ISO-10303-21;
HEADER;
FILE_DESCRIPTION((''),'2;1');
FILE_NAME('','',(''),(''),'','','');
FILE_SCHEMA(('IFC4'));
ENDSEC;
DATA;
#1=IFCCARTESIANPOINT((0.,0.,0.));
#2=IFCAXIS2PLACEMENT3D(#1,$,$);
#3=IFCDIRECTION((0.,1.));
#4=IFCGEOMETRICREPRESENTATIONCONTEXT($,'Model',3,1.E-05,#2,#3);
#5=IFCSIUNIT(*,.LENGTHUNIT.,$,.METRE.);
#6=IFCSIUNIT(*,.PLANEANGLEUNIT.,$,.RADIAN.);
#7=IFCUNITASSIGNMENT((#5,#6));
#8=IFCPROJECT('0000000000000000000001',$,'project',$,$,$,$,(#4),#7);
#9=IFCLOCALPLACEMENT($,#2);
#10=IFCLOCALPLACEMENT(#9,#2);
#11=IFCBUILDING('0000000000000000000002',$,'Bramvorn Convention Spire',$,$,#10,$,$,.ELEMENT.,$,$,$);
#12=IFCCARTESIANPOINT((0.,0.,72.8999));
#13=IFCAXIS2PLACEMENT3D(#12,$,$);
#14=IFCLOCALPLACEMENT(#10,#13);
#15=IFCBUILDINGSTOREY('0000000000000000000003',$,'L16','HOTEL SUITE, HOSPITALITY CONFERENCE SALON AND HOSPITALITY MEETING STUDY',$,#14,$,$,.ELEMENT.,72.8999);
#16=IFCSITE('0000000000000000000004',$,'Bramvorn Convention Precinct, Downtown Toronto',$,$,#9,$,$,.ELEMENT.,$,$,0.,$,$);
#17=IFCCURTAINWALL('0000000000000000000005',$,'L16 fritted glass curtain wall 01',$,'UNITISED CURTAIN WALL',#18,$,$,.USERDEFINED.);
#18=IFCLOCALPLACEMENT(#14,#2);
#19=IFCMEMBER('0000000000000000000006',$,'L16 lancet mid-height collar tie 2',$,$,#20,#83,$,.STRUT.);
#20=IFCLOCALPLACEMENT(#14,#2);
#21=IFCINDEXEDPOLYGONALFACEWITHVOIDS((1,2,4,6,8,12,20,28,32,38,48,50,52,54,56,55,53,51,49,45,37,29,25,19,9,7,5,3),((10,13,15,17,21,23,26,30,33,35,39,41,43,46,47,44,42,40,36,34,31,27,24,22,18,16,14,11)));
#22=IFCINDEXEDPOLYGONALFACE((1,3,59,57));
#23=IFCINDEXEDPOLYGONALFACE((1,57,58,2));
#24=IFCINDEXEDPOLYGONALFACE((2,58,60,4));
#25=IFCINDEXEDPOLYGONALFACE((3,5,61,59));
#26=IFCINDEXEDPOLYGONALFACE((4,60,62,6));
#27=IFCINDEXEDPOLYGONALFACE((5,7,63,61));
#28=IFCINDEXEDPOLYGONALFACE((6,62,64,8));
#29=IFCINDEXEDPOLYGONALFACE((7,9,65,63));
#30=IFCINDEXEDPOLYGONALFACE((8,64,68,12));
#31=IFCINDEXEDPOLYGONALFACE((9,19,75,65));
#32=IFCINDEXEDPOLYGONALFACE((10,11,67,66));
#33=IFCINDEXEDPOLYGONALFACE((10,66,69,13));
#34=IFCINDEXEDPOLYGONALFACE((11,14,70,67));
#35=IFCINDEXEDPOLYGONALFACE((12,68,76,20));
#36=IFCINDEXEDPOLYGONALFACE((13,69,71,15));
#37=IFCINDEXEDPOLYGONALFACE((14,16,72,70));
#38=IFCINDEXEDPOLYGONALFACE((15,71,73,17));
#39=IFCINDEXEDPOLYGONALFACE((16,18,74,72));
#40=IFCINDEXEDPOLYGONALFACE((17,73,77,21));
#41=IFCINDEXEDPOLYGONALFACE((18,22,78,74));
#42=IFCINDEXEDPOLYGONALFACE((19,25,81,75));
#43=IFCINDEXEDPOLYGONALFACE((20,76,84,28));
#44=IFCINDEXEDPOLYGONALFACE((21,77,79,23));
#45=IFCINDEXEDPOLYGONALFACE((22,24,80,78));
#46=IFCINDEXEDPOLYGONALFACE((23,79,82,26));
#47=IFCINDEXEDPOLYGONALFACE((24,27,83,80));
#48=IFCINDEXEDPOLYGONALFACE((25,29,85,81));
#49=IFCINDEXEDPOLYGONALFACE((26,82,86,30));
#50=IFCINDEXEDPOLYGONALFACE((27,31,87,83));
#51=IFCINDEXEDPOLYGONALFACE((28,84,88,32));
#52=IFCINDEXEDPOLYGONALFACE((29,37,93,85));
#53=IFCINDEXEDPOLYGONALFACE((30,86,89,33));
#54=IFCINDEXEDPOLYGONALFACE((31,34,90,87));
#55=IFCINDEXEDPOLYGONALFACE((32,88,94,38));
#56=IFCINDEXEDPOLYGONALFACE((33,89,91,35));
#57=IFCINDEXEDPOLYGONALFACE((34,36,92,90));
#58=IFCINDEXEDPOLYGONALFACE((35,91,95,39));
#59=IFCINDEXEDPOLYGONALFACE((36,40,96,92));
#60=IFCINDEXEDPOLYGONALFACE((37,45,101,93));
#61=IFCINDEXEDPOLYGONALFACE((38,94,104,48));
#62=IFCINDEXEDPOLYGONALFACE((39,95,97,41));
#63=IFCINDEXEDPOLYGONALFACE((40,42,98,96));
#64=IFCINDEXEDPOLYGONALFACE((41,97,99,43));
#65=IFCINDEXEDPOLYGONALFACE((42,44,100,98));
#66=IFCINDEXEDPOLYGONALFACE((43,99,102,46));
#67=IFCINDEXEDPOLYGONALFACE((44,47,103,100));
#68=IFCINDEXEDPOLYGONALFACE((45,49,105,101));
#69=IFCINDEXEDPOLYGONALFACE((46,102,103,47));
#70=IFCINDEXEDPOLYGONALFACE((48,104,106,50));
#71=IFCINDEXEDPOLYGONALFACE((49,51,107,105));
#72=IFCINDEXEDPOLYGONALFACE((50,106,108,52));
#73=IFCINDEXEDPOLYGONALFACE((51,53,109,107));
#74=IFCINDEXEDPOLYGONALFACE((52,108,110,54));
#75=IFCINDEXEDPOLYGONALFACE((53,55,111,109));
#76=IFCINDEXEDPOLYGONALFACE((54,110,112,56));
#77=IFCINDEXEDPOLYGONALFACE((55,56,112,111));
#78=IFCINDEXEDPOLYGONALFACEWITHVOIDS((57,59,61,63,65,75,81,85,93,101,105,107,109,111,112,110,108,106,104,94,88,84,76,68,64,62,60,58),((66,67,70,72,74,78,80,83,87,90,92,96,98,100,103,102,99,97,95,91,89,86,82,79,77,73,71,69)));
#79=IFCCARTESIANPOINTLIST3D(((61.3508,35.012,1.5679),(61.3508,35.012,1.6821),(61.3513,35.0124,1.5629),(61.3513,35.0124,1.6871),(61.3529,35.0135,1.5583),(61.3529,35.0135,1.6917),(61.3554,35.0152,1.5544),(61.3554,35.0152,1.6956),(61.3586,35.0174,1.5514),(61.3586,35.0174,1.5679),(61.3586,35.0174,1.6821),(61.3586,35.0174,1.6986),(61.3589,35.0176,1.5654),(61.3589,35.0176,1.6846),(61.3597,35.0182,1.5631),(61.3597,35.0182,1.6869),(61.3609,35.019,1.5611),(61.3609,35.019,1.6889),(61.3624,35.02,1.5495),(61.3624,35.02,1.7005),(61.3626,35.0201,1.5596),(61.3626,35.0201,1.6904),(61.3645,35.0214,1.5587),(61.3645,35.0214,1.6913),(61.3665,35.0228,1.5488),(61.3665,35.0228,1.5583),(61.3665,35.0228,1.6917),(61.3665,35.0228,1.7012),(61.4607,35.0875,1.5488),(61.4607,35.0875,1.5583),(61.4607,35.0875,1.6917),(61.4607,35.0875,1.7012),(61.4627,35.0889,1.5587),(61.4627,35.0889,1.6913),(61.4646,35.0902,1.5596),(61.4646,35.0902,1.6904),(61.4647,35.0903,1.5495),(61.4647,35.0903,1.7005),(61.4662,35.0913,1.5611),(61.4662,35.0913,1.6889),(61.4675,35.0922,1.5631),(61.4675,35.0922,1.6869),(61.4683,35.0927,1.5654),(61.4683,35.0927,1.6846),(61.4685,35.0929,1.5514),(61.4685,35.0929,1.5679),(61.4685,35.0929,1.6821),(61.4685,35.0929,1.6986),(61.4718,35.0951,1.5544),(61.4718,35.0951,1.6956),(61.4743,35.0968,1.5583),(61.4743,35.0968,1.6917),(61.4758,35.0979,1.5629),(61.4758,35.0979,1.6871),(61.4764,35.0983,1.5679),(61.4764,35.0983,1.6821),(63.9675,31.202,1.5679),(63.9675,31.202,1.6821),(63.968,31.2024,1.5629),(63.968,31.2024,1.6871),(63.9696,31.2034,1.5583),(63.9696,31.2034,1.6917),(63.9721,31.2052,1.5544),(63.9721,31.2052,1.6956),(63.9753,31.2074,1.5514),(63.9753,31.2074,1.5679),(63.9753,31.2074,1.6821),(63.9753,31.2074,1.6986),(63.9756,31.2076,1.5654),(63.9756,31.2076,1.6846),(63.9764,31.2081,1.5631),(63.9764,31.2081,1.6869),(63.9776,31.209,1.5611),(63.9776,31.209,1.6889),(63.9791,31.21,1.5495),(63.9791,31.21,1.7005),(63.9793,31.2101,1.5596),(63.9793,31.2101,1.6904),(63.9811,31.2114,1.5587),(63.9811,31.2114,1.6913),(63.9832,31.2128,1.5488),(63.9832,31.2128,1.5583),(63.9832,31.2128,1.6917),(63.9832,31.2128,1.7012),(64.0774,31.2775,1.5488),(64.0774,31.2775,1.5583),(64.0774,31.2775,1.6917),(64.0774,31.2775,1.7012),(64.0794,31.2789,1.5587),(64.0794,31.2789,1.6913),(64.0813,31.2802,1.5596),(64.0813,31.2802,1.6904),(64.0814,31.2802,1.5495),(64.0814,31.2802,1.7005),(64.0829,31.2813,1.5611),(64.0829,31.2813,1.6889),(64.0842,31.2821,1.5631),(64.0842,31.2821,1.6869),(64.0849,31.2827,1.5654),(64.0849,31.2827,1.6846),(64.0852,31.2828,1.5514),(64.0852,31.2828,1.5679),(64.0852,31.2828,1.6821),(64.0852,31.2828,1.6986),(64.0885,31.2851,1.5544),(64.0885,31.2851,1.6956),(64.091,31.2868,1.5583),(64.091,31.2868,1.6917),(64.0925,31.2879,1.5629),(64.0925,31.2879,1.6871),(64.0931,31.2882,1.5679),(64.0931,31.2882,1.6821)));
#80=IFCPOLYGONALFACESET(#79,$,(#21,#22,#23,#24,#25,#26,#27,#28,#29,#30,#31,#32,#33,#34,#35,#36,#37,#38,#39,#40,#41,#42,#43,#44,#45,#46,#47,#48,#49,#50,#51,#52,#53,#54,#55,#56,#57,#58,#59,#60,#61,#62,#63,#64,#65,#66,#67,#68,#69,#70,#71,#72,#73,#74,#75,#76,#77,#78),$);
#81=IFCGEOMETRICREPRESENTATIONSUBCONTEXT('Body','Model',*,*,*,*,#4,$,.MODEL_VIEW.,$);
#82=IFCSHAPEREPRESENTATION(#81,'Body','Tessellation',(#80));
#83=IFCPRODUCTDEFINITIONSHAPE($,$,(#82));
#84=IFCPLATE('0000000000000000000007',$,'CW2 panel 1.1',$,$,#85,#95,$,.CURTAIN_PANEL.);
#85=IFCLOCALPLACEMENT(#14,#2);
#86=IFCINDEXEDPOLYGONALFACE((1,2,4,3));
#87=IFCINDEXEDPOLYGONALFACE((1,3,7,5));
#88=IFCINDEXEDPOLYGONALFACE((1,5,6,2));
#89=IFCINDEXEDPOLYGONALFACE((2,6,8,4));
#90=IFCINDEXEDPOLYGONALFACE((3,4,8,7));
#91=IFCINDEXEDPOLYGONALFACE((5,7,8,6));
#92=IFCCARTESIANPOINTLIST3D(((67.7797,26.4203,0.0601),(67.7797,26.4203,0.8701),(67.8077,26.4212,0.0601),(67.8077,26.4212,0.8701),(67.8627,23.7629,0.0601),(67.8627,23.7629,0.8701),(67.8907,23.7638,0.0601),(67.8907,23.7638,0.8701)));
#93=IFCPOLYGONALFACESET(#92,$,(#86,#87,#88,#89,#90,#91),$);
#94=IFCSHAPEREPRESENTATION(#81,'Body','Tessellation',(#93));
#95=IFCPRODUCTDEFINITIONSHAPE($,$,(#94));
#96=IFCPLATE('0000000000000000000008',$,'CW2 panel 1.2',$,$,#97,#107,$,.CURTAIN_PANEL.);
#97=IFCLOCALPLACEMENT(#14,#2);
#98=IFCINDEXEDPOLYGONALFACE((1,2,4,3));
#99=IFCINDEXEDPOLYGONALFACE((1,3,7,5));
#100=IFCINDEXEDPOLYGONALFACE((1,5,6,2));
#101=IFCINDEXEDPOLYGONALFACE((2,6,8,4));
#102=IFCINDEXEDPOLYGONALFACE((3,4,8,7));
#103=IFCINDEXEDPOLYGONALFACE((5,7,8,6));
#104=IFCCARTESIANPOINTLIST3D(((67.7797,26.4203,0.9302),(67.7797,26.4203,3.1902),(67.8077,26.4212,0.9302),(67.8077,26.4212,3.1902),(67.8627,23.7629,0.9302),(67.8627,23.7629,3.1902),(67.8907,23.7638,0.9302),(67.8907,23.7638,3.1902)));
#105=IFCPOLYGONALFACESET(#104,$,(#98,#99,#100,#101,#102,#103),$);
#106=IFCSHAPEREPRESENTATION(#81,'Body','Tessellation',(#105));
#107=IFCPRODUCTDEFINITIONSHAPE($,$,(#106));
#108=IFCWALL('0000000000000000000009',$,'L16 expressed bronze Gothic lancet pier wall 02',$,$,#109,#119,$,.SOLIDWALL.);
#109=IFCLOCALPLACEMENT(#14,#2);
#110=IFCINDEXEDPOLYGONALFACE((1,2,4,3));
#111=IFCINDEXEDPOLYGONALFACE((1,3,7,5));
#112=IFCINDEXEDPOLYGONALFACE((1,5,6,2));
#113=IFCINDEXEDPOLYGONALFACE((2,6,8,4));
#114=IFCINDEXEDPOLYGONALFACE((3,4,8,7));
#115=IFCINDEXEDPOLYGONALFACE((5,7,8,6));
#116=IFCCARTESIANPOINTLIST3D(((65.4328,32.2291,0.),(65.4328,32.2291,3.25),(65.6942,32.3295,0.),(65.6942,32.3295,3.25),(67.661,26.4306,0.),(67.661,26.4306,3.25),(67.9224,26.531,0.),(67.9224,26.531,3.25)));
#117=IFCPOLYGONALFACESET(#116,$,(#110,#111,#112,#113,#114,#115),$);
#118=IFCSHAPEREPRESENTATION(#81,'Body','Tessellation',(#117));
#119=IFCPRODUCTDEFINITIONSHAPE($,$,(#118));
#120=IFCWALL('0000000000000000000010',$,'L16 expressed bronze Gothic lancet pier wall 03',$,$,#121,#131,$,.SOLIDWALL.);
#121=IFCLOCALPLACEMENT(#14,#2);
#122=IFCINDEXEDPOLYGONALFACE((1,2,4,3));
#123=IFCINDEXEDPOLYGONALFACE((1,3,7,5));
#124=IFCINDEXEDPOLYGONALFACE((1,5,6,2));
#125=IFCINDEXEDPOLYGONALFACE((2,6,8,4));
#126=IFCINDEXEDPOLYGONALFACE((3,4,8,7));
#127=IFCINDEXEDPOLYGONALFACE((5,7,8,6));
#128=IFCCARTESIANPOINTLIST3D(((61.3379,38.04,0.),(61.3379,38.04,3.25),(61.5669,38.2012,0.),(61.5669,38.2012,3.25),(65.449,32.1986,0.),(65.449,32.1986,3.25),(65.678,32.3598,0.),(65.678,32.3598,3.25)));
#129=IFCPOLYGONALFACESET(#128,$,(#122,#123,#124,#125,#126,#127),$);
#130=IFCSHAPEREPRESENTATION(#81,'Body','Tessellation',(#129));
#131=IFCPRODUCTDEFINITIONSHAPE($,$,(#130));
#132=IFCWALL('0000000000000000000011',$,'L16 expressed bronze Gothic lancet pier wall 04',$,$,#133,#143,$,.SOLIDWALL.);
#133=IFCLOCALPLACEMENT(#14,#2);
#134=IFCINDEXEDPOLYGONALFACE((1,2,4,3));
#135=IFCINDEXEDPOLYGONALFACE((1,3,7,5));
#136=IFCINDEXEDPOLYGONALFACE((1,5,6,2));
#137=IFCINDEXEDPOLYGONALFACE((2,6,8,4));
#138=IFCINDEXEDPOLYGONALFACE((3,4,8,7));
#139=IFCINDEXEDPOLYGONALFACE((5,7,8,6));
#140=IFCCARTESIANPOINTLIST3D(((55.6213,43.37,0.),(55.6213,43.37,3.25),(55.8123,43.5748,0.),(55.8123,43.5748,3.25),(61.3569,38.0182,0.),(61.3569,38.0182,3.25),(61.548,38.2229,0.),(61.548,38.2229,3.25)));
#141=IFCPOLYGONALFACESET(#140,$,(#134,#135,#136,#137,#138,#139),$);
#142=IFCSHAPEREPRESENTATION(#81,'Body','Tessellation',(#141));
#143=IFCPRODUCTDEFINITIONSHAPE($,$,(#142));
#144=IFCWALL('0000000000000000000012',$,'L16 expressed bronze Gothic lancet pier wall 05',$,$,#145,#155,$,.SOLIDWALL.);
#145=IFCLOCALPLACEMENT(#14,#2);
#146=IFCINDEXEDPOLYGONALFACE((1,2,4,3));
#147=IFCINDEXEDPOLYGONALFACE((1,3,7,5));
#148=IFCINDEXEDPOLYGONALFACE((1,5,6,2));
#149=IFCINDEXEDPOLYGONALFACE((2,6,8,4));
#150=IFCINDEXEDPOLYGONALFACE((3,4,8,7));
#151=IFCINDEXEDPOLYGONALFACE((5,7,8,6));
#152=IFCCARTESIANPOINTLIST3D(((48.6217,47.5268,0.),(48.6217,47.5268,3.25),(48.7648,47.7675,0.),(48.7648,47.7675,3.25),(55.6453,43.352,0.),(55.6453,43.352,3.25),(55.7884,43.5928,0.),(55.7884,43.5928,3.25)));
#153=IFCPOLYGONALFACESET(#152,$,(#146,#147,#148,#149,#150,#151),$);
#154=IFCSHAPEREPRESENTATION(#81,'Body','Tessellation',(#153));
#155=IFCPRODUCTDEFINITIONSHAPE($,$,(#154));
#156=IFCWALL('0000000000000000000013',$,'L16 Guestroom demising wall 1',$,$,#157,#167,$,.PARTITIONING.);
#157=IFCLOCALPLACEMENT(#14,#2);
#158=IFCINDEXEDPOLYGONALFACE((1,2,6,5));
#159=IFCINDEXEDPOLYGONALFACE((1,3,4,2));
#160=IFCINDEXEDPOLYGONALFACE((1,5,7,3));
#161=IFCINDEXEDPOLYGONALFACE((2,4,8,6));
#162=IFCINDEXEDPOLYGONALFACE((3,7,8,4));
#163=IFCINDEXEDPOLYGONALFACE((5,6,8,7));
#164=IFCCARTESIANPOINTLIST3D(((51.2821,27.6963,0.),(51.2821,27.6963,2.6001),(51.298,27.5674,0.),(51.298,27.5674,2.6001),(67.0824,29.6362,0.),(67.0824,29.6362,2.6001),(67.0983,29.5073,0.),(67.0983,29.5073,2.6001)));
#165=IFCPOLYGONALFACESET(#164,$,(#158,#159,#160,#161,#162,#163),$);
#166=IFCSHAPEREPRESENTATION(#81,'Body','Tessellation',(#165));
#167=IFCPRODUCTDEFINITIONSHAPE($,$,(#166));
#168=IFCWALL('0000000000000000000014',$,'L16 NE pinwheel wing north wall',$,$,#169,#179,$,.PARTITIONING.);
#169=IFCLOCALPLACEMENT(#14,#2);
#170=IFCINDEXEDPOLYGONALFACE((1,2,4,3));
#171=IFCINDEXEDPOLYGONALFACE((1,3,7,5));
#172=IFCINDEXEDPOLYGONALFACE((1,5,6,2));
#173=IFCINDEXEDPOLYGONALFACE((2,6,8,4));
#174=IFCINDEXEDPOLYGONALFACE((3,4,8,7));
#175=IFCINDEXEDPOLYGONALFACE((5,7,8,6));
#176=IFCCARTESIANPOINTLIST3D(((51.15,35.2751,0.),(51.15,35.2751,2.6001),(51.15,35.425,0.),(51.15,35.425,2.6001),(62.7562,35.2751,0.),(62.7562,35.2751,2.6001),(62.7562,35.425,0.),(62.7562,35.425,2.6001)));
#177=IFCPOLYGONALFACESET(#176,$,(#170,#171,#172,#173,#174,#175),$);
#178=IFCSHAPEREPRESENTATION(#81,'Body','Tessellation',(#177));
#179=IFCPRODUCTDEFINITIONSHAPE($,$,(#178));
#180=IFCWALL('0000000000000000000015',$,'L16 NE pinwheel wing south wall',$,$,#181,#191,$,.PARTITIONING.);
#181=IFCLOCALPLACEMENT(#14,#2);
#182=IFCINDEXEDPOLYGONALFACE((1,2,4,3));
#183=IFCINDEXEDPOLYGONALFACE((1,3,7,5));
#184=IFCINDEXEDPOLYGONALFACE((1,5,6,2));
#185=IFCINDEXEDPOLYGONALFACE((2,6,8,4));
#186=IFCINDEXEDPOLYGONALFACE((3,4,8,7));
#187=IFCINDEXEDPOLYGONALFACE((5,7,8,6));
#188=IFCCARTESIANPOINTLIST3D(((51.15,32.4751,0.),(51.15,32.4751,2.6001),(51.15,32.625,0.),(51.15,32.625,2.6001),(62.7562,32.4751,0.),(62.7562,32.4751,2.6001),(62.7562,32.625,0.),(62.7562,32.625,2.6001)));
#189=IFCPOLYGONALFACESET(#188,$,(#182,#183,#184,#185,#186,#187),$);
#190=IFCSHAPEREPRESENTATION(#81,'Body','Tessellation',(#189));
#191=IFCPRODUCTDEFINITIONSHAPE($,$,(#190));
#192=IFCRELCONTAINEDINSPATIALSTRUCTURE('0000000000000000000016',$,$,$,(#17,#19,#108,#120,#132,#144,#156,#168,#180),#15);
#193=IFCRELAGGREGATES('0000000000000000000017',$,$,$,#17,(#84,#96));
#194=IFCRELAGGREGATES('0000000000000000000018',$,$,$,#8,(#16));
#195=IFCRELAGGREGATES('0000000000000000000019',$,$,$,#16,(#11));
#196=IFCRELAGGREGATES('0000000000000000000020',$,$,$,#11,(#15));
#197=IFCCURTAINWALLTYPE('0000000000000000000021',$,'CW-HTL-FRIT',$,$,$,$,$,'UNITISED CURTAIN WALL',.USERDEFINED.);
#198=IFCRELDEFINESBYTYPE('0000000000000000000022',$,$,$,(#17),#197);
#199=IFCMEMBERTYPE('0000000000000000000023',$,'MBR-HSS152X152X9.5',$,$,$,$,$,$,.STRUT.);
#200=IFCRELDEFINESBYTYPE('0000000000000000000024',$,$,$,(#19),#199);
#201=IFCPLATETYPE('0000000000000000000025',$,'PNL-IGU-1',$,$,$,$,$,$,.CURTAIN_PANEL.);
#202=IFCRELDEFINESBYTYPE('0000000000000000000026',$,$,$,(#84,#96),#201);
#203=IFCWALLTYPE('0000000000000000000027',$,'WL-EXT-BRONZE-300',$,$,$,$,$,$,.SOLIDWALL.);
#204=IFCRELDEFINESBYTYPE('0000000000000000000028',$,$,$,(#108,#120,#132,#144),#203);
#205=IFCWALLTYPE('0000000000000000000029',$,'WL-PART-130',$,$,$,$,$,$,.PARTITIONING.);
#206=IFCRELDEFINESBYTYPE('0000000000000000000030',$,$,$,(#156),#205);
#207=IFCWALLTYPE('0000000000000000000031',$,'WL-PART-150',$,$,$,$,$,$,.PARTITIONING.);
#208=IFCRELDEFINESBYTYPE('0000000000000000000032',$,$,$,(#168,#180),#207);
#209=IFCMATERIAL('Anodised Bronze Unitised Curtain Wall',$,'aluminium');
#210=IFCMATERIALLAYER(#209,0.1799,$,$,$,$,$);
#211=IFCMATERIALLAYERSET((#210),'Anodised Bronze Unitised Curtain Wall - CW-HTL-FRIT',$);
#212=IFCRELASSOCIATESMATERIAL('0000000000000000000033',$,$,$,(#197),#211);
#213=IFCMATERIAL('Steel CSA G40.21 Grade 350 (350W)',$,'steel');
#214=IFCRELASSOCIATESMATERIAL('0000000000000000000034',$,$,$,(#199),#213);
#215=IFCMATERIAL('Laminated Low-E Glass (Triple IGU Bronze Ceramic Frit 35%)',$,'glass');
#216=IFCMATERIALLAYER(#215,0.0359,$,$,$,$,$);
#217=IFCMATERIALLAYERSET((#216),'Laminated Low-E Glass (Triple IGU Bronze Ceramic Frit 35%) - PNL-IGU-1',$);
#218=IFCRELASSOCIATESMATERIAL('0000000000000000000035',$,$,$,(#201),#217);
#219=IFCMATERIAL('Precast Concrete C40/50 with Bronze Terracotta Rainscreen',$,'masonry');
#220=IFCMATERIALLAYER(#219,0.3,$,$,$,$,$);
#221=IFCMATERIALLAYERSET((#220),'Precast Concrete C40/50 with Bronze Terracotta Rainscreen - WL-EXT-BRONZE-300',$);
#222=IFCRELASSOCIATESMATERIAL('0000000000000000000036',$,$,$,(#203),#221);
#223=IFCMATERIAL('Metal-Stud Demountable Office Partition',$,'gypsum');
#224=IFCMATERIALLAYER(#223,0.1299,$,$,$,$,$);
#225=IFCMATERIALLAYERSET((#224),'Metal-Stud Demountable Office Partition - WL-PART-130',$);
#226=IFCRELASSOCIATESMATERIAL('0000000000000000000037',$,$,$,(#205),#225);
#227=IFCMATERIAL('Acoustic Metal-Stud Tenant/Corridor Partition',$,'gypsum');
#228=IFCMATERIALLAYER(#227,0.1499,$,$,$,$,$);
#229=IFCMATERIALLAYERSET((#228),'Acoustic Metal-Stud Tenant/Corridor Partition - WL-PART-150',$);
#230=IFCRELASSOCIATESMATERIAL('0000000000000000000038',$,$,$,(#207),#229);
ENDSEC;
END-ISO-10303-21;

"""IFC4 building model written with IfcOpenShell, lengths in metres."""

from ifc_helpers import new_model, si_unit, direction, frame, frame_2d, origin, origin_2d, place, context, subcontext, project, spatial, rectangle, hollow_rectangle, extrude, material, layer, layer_set, material_profile, profile_set, type_object, element, aggregate, save


model = new_model("IFC4")

# Units and contexts
model_context = context("Model", 3, precision=1e-05, world=origin(), true_north=direction((0.0, 1.0)))
body_context = subcontext(model_context, "Body", "Model", "MODEL_VIEW")
ifc_project = project(units=[si_unit("LENGTHUNIT", "METRE"), si_unit("PLANEANGLEUNIT", "RADIAN")], contexts=[model_context])

# Site, building, storey
site_placement = place(None, origin())
site = spatial("IfcSite", under=ifc_project, at=site_placement, Name="Bramvorn Convention Precinct, Downtown Toronto", CompositionType="ELEMENT", RefElevation=0.0)
building_placement = place(site_placement, origin())
building = spatial("IfcBuilding", under=site, at=building_placement, Name="Bramvorn Convention Spire", CompositionType="ELEMENT")
storey_placement = place(building_placement, frame((0.0, 0.0, 72.8999)))
storey = spatial("IfcBuildingStorey", under=building, at=storey_placement, Name="L16", Description="HOTEL SUITE, HOSPITALITY CONFERENCE SALON AND HOSPITALITY MEETING STUDY", CompositionType="ELEMENT", Elevation=72.8999)

# Shared definitions
ifc_material_1 = material(Name="Steel CSA G40.21 Grade 350 (350W)", Category="steel")

# Curtain wall
ifc_material_2 = material(Name="Anodised Bronze Unitised Curtain Wall", Category="aluminium")
ifc_layer_1 = layer(ifc_material_2, 0.1799)
ifc_layer_set_1 = layer_set([ifc_layer_1], Name="Anodised Bronze Unitised Curtain Wall - CW-HTL-FRIT")
curtain_wall_type = type_object("IfcCurtainWallType", Name="CW-HTL-FRIT", ElementType="UNITISED CURTAIN WALL", PredefinedType="USERDEFINED", material=ifc_layer_set_1)
curtain_wall_1_placement = place(storey_placement, origin())
curtain_wall_1 = element("IfcCurtainWall", 1, at=curtain_wall_1_placement, inside=storey, type_object=curtain_wall_type, Name="L16 fritted glass curtain wall 01", ObjectType="UNITISED CURTAIN WALL", PredefinedType="USERDEFINED")

# Member
ifc_material_profile_1 = material_profile(ifc_material_1, hollow_rectangle(XDim=0.1523, YDim=0.1523, WallThickness=0.0095, InnerFilletRadius=0.0095, OuterFilletRadius=0.019, at=origin_2d()))
ifc_profile_set_1 = profile_set([ifc_material_profile_1], Name="Steel CSA G40.21 Grade 350 (350W) - HSS152X152X9.5")
member_type_1 = type_object("IfcMemberType", Name="MBR-HSS152X152X9.5", PredefinedType="STRUT", material=ifc_profile_set_1)
member_1_placement = place(storey_placement, frame((64.0303, 31.2451, 1.625), z_axis=(-0.56613, 0.824316, 0.0), x_axis=(-0.824316, -0.56613, 0.0)))
element("IfcMember", 2, at=member_1_placement, inside=storey, type_object=member_type_1, Name="L16 lancet mid-height collar tie 2", PredefinedType="STRUT", context=body_context, shape_type="SweptSolid", body=[
    extrude(hollow_rectangle(XDim=0.1523, YDim=0.1523, WallThickness=0.0095, InnerFilletRadius=0.0095, OuterFilletRadius=0.019, at=origin_2d()), origin(), (0.0, 0.0, 1.0), 4.6221),
])

# Plates
ifc_material_3 = material(Name="Laminated Low-E Glass (Triple IGU Bronze Ceramic Frit 35%)", Category="glass")
ifc_layer_2 = layer(ifc_material_3, 0.0359)
ifc_layer_set_2 = layer_set([ifc_layer_2], Name="Laminated Low-E Glass (Triple IGU Bronze Ceramic Frit 35%) - PNL-IGU-1")
plate_type = type_object("IfcPlateType", Name="PNL-IGU-1", PredefinedType="CURTAIN_PANEL", material=ifc_layer_set_2)
plate_1_placement = place(storey_placement, frame((67.8352, 25.092, 0.0601), z_axis=(0.0, 0.0, 1.0), x_axis=(0.031215, -0.999513, 0.0)))
plate_1 = element("IfcPlate", 3, at=plate_1_placement, type_object=plate_type, Name="CW2 panel 1.1", PredefinedType="CURTAIN_PANEL", context=body_context, shape_type="SweptSolid", body=[
    extrude(rectangle(XDim=2.6587, YDim=0.0281, at=origin_2d()), origin(), (0.0, 0.0, 1.0), 0.8101),
])
plate_2_placement = place(storey_placement, frame((67.8352, 25.092, 0.9302), z_axis=(0.0, 0.0, 1.0), x_axis=(0.031215, -0.999513, 0.0)))
plate_2 = element("IfcPlate", 4, at=plate_2_placement, type_object=plate_type, Name="CW2 panel 1.2", PredefinedType="CURTAIN_PANEL", context=body_context, shape_type="SweptSolid", body=[
    extrude(rectangle(XDim=2.6587, YDim=0.0281, at=origin_2d()), origin(), (0.0, 0.0, 1.0), 2.26),
])
aggregate(curtain_wall_1, [plate_1, plate_2])

# Walls
ifc_material_4 = material(Name="Precast Concrete C40/50 with Bronze Terracotta Rainscreen", Category="masonry")
ifc_layer_3 = layer(ifc_material_4, 0.3)
ifc_layer_set_3 = layer_set([ifc_layer_3], Name="Precast Concrete C40/50 with Bronze Terracotta Rainscreen - WL-EXT-BRONZE-300")
wall_type_1 = type_object("IfcWallType", Name="WL-EXT-BRONZE-300", PredefinedType="SOLIDWALL", material=ifc_layer_set_3)
wall_1_placement = place(storey_placement, frame((65.5635, 32.2793, 0.0), z_axis=(0.0, 0.0, 1.0), x_axis=(0.358705, -0.933451, 0.0)))
element("IfcWall", 5, at=wall_1_placement, inside=storey, type_object=wall_type_1, Name="L16 expressed bronze Gothic lancet pier wall 02", PredefinedType="SOLIDWALL", context=body_context, shape_type="SweptSolid", body=[
    extrude(rectangle(XDim=6.2119, YDim=0.28, at=frame_2d((3.106, 0.0))), origin(), (0.0, 0.0, 1.0), 3.25),
])
wall_2_placement = place(storey_placement, frame((61.4524, 38.1206, 0.0), z_axis=(0.0, 0.0, 1.0), x_axis=(0.575543, -0.817771, 0.0)))
element("IfcWall", 6, at=wall_2_placement, inside=storey, type_object=wall_type_1, Name="L16 expressed bronze Gothic lancet pier wall 03", PredefinedType="SOLIDWALL", context=body_context, shape_type="SweptSolid", body=[
    extrude(rectangle(XDim=7.1431, YDim=0.28, at=frame_2d((3.5715, 0.0))), origin(), (0.0, 0.0, 1.0), 3.25),
])
wall_3_placement = place(storey_placement, frame((55.7168, 43.4724, 0.0), z_axis=(0.0, 0.0, 1.0), x_axis=(0.731145, -0.682222, 0.0)))
element("IfcWall", 7, at=wall_3_placement, inside=storey, type_object=wall_type_1, Name="L16 expressed bronze Gothic lancet pier wall 04", PredefinedType="SOLIDWALL", context=body_context, shape_type="SweptSolid", body=[
    extrude(rectangle(XDim=7.8447, YDim=0.28, at=frame_2d((3.9224, 0.0))), origin(), (0.0, 0.0, 1.0), 3.25),
])
wall_4_placement = place(storey_placement, frame((48.6931, 47.6472, 0.0), z_axis=(0.0, 0.0, 1.0), x_axis=(0.859613, -0.510945, 0.0)))
element("IfcWall", 8, at=wall_4_placement, inside=storey, type_object=wall_type_1, Name="L16 expressed bronze Gothic lancet pier wall 05", PredefinedType="SOLIDWALL", context=body_context, shape_type="SweptSolid", body=[
    extrude(rectangle(XDim=8.1707, YDim=0.28, at=frame_2d((4.0854, 0.0))), origin(), (0.0, 0.0, 1.0), 3.25),
])
ifc_material_5 = material(Name="Metal-Stud Demountable Office Partition", Category="gypsum")
ifc_layer_4 = layer(ifc_material_5, 0.1299)
ifc_layer_set_4 = layer_set([ifc_layer_4], Name="Metal-Stud Demountable Office Partition - WL-PART-130")
wall_type_2 = type_object("IfcWallType", Name="WL-PART-130", PredefinedType="PARTITIONING", material=ifc_layer_set_4)
wall_5_placement = place(storey_placement, frame((51.29, 27.6318, 0.0), z_axis=(0.0, 0.0, 1.0), x_axis=(0.992547, 0.121864, 0.0)))
element("IfcWall", 9, at=wall_5_placement, inside=storey, type_object=wall_type_2, Name="L16 Guestroom demising wall 1", PredefinedType="PARTITIONING", context=body_context, shape_type="SweptSolid", body=[
    extrude(rectangle(XDim=15.9189, YDim=0.1299, at=frame_2d((7.9595, 0.0))), origin(), (0.0, 0.0, 1.0), 2.6001),
])
ifc_material_6 = material(Name="Acoustic Metal-Stud Tenant/Corridor Partition", Category="gypsum")
ifc_layer_5 = layer(ifc_material_6, 0.1499)
ifc_layer_set_5 = layer_set([ifc_layer_5], Name="Acoustic Metal-Stud Tenant/Corridor Partition - WL-PART-150")
wall_type_3 = type_object("IfcWallType", Name="WL-PART-150", PredefinedType="PARTITIONING", material=ifc_layer_set_5)
for number, where, z_axis, x_axis, name in (
    (10, (51.1499, 35.3501, 0.0), (0.0, 0.0, 1.0), (1.0, 0.0, 0.0), "L16 NE pinwheel wing north wall"),
    (11, (51.1499, 32.55, 0.0), (0.0, 0.0, 1.0), (1.0, 0.0, 0.0), "L16 NE pinwheel wing south wall"),
):
    element("IfcWall", number, at=place(storey_placement, frame(where, z_axis=z_axis, x_axis=x_axis)), inside=storey, type_object=wall_type_3, Name=name, PredefinedType="PARTITIONING", context=body_context, shape_type="SweptSolid", body=[
        extrude(rectangle(XDim=11.6062, YDim=0.1499, at=frame_2d((5.8032, 0.0))), origin(), (0.0, 0.0, 1.0), 2.6001),
    ])

save(model, "model.ifc")
